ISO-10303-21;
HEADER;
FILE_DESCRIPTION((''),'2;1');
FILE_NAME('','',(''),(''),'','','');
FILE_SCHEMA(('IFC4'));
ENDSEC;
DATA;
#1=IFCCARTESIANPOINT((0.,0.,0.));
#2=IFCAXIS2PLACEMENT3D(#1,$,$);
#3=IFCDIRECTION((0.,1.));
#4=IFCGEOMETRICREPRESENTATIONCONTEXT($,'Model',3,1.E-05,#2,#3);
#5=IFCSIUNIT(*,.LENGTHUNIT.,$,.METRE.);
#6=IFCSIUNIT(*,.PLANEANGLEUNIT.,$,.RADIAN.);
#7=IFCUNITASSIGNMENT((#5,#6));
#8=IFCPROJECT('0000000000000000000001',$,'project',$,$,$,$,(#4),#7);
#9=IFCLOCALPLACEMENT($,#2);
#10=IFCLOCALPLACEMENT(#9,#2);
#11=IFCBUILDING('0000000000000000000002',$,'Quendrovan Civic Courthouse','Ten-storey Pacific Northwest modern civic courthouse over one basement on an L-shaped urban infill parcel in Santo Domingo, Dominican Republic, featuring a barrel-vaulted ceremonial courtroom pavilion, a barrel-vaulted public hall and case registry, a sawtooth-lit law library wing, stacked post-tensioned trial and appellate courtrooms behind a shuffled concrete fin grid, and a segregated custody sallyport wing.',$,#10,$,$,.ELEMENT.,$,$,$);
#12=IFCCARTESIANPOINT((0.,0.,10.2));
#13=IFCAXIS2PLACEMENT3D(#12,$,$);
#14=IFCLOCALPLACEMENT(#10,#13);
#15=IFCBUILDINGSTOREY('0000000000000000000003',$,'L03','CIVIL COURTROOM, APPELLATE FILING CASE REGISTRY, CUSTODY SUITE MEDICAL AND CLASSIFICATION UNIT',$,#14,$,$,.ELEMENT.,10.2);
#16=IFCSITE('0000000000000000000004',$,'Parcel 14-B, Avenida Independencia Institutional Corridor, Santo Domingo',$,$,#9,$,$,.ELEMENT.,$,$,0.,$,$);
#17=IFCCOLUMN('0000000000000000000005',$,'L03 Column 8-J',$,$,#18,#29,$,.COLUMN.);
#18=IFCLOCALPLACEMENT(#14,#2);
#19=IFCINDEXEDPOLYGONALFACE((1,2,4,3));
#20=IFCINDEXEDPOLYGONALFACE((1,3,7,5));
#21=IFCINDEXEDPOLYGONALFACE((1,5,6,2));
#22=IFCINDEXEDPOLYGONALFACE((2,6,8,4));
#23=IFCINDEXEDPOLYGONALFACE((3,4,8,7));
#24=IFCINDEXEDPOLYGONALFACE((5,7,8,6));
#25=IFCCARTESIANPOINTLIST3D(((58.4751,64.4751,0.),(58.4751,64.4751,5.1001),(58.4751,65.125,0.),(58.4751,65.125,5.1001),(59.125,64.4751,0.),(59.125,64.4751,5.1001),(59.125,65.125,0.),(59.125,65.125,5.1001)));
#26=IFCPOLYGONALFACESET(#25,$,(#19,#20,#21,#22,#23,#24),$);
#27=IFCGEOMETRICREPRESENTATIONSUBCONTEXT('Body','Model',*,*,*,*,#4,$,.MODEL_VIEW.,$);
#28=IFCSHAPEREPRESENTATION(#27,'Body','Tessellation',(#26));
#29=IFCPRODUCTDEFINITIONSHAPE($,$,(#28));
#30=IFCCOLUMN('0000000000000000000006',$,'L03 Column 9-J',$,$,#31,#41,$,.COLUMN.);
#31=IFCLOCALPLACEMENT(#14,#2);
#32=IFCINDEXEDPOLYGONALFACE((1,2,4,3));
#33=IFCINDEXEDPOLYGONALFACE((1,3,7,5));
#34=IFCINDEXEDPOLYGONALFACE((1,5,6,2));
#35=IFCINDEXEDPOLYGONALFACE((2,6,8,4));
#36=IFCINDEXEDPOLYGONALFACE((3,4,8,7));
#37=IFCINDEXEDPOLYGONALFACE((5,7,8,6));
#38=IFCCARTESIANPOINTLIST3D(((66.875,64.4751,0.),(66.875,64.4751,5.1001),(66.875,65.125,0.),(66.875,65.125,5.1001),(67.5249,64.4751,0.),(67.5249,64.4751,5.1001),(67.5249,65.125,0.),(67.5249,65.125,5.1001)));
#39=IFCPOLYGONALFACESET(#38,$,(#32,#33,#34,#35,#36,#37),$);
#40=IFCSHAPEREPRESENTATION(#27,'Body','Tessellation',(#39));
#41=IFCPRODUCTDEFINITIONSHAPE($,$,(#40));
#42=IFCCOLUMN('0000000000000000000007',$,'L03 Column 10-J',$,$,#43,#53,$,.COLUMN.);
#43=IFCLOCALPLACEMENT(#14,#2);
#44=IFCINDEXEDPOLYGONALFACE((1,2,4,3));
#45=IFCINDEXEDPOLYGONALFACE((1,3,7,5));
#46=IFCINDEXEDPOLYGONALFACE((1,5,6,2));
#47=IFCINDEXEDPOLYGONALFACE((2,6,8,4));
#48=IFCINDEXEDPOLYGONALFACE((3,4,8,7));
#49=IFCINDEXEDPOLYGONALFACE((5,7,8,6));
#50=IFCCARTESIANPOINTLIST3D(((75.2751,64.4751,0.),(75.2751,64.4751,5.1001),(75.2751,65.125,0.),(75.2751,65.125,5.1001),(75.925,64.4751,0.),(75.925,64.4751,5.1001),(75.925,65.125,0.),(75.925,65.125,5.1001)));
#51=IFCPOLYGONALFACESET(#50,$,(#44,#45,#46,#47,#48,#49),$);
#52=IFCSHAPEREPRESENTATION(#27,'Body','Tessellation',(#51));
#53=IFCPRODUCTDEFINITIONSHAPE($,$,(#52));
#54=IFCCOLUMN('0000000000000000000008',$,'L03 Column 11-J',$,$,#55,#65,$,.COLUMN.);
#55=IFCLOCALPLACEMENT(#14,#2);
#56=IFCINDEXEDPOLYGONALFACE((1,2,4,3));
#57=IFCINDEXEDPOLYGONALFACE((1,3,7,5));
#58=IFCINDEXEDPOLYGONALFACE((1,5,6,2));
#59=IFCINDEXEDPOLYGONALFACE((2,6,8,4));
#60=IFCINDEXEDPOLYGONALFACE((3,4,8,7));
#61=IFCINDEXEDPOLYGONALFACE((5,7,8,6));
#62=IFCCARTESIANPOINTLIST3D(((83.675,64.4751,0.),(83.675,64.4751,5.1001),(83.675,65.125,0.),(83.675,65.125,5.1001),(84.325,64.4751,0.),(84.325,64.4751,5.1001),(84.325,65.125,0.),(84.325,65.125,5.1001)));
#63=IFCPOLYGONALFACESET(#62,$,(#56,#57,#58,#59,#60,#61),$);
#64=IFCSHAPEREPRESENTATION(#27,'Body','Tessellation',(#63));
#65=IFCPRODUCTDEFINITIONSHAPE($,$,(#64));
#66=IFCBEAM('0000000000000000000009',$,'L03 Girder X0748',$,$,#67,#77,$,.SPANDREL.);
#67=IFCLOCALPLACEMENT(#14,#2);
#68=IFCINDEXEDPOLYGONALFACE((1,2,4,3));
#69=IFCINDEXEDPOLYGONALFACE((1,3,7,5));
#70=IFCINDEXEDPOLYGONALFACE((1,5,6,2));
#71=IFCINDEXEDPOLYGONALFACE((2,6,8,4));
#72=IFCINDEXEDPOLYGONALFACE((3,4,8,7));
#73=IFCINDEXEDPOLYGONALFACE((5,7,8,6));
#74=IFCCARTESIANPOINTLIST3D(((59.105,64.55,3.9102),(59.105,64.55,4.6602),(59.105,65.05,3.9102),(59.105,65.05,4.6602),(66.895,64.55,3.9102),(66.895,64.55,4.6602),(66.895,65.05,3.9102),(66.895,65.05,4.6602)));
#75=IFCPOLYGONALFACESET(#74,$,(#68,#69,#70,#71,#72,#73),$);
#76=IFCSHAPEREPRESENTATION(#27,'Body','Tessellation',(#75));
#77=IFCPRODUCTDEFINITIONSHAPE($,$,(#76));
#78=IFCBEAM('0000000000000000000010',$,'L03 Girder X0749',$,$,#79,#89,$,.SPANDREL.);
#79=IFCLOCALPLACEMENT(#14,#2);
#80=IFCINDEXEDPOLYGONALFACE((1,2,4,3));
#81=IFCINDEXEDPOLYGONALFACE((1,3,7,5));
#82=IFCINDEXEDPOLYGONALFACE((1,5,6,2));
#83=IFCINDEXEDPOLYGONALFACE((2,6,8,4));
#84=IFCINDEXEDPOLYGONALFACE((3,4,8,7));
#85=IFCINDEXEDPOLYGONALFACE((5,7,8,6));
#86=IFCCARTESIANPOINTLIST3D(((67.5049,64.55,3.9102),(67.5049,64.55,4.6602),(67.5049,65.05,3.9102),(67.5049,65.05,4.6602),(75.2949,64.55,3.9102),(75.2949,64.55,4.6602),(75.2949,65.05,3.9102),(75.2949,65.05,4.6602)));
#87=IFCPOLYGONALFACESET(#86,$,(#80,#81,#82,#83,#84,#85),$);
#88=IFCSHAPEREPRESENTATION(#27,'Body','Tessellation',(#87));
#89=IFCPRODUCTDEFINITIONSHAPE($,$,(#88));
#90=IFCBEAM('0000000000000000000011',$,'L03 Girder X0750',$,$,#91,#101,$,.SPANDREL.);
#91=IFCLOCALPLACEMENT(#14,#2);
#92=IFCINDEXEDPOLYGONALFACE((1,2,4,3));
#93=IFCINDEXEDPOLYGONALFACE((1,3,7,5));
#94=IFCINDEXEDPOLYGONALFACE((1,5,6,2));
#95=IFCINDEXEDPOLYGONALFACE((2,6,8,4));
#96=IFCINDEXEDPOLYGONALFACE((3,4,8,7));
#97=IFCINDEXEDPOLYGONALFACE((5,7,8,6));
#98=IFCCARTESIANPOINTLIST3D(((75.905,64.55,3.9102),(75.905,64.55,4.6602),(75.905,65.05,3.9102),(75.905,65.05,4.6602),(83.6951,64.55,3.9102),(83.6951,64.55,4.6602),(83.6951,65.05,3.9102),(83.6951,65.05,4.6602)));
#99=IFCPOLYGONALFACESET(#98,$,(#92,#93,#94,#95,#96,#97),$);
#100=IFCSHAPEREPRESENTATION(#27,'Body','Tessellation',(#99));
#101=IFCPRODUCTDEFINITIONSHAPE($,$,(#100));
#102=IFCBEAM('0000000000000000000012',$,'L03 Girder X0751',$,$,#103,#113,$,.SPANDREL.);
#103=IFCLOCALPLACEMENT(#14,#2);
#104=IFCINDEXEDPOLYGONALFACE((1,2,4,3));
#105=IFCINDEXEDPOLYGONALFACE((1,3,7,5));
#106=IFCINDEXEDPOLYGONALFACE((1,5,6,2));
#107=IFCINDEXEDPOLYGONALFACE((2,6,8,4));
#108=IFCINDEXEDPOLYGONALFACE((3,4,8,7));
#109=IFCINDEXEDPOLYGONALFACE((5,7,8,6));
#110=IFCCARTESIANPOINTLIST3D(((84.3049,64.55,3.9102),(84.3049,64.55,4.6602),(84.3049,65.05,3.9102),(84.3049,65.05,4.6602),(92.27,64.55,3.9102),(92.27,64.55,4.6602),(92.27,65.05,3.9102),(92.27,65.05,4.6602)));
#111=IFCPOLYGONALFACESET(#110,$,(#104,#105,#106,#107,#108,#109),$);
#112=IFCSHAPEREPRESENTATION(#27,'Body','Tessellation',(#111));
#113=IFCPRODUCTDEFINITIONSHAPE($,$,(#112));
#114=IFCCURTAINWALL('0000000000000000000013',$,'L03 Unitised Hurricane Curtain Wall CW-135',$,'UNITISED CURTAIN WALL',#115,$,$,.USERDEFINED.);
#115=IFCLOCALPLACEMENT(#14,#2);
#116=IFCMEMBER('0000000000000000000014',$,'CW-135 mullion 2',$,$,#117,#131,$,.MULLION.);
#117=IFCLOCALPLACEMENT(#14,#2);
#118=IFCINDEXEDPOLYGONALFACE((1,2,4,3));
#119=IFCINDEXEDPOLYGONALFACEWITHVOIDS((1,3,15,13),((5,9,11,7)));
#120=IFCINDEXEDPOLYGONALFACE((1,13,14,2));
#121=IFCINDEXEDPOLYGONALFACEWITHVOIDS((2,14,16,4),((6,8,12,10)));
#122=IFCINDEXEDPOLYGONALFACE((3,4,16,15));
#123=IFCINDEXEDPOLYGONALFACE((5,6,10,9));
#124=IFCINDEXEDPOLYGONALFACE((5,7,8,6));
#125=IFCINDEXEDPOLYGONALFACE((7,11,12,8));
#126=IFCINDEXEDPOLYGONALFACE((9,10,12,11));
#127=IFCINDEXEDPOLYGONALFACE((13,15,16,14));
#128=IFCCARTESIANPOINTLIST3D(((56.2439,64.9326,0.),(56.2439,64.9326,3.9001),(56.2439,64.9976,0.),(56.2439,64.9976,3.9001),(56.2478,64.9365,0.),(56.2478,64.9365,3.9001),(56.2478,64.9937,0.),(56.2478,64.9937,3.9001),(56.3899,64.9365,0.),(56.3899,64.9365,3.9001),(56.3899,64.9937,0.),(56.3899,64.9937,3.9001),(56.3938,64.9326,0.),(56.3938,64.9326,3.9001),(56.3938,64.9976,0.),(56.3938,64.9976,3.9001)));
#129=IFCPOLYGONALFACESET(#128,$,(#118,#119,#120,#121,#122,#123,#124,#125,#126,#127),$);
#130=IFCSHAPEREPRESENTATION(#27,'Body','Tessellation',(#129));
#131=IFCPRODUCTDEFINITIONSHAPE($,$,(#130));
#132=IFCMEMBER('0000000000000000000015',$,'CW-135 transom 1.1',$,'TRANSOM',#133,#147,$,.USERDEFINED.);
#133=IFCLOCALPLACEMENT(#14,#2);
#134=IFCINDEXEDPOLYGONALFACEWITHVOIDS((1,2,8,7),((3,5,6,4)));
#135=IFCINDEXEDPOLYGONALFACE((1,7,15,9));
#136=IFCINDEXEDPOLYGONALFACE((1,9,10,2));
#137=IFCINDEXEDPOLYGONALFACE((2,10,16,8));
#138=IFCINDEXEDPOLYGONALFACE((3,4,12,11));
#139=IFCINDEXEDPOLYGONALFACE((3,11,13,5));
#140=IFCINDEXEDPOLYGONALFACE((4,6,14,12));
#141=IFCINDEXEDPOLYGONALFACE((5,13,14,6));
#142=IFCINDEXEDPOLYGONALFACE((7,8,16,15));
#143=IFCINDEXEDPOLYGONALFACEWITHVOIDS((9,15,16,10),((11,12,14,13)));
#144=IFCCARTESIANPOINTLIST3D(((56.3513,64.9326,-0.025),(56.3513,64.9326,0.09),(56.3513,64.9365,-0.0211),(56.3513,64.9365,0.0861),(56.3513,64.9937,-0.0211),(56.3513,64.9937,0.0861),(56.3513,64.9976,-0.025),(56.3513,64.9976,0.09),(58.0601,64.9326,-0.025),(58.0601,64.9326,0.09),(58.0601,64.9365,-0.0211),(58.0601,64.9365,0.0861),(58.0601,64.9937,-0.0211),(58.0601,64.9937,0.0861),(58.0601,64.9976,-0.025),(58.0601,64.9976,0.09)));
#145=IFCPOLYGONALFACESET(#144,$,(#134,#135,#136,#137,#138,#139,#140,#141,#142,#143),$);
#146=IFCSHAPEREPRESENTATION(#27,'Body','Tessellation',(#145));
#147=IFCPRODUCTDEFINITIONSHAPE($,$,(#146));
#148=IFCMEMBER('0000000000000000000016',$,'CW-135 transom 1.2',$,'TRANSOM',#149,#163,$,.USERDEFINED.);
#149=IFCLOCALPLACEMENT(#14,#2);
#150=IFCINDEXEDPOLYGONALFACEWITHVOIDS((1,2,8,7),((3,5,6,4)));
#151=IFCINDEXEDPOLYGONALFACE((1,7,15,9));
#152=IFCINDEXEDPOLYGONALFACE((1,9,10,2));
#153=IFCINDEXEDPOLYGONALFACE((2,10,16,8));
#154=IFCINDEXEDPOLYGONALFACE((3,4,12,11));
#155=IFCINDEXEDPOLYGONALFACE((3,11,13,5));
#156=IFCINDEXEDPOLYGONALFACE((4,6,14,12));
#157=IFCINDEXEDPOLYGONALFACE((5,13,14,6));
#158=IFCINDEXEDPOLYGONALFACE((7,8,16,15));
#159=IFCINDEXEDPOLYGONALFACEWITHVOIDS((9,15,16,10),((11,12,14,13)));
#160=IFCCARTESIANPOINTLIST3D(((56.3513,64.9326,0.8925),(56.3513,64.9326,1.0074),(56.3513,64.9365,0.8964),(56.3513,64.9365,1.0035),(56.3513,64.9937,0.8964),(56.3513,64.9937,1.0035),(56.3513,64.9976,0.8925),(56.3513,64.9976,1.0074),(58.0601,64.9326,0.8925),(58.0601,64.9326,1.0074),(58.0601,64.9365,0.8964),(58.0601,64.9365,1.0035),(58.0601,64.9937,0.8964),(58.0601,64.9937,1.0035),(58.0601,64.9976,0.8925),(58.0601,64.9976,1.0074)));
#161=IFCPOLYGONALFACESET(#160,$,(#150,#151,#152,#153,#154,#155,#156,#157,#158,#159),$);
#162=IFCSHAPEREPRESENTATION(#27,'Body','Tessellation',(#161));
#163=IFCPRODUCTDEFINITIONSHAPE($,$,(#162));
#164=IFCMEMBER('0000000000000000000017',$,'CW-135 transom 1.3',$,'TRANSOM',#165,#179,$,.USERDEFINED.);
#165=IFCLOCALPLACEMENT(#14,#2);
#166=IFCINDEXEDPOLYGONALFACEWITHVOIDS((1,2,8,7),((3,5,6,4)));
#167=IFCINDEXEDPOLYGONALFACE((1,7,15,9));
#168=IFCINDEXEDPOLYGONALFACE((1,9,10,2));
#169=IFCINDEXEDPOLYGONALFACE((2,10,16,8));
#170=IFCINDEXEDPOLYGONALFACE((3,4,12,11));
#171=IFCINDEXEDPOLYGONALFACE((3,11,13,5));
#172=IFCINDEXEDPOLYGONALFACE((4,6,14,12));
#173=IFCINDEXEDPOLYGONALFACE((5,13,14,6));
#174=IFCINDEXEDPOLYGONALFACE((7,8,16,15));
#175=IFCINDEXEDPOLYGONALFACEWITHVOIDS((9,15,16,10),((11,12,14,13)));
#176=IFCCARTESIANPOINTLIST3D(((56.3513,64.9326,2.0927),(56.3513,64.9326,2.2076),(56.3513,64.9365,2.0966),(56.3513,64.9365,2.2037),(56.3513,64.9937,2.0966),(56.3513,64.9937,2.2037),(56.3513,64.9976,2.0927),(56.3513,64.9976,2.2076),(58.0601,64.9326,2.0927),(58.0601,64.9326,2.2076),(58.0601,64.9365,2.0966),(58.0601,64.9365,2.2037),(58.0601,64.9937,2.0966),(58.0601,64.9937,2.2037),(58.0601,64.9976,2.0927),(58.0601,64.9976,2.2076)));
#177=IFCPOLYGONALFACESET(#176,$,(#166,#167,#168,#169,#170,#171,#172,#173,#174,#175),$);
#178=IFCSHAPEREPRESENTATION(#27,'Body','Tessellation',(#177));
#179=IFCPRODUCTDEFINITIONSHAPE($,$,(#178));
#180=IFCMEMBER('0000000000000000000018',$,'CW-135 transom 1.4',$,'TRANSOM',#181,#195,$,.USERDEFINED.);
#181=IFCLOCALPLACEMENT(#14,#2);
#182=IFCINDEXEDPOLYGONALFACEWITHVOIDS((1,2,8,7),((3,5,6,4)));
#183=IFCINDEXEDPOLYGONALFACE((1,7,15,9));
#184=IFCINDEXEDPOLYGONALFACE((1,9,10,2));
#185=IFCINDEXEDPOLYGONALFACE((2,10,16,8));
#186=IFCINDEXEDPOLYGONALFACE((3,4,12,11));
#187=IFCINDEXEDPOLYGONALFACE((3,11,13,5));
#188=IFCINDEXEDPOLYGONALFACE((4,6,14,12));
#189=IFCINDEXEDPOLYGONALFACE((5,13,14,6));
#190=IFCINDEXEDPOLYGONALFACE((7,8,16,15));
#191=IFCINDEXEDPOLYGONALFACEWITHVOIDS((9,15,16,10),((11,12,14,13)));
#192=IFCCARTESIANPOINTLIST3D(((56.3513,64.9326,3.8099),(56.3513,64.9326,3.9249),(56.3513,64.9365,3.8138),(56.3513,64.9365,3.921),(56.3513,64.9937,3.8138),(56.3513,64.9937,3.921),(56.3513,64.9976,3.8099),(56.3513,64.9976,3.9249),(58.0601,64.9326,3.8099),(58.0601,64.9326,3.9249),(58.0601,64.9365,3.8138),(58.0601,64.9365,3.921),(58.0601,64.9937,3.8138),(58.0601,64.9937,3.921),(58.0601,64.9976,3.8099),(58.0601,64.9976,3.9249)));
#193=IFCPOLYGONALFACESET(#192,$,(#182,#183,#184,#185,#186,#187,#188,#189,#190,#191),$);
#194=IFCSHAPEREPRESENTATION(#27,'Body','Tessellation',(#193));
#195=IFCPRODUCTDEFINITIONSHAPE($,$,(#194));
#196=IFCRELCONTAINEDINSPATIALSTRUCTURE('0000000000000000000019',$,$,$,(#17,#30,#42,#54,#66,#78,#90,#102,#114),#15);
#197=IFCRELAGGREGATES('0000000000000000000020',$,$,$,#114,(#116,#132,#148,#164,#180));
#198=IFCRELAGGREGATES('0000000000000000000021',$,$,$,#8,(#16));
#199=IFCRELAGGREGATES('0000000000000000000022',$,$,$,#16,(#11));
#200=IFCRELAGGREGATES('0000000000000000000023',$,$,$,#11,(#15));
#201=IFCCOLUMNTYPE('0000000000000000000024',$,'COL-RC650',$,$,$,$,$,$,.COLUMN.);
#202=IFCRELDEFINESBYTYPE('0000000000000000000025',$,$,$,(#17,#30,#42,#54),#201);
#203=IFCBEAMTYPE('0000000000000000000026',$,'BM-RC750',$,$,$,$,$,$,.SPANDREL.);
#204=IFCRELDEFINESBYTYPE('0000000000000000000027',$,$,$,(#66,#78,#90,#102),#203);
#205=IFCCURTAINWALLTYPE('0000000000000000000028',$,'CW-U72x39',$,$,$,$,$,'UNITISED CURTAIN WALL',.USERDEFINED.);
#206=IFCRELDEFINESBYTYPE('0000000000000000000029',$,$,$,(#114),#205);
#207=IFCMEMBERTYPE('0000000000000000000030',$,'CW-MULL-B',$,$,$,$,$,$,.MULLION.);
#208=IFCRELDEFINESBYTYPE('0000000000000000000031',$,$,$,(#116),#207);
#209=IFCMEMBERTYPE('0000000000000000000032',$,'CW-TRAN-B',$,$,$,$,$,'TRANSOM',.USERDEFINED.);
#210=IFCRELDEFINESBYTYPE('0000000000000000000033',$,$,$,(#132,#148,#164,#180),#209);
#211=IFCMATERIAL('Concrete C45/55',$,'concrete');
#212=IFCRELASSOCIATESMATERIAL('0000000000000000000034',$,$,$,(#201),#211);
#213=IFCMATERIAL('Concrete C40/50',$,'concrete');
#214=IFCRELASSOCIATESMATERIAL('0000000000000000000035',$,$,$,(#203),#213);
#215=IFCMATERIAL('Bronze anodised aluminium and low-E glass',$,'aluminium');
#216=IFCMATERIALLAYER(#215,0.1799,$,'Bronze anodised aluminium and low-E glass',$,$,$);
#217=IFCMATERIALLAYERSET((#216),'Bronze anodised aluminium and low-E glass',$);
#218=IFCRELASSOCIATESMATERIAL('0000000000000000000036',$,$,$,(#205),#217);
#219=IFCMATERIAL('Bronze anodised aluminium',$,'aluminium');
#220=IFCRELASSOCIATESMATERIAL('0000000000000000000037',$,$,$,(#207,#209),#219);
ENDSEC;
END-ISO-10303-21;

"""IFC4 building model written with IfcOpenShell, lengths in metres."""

from ifc_helpers import new_model, si_unit, direction, frame, origin, origin_2d, place, context, subcontext, project, spatial, rectangle, hollow_rectangle, extrude, material, layer, layer_set, material_profile, profile_set, type_object, element, aggregate, save


model = new_model("IFC4")

# Units and contexts
model_context = context("Model", 3, precision=1e-05, world=origin(), true_north=direction((0.0, 1.0)))
body_context = subcontext(model_context, "Body", "Model", "MODEL_VIEW")
ifc_project = project(units=[si_unit("LENGTHUNIT", "METRE"), si_unit("PLANEANGLEUNIT", "RADIAN")], contexts=[model_context])

# Site, building, storey
site_placement = place(None, origin())
site = spatial("IfcSite", under=ifc_project, at=site_placement, Name="Parcel 14-B, Avenida Independencia Institutional Corridor, Santo Domingo", CompositionType="ELEMENT", RefElevation=0.0)
building_placement = place(site_placement, origin())
building = spatial("IfcBuilding", under=site, at=building_placement, Name="Quendrovan Civic Courthouse", Description="Ten-storey Pacific Northwest modern civic courthouse over one basement on an L-shaped urban infill parcel in Santo Domingo, Dominican Republic, featuring a barrel-vaulted ceremonial courtroom pavilion, a barrel-vaulted public hall and case registry, a sawtooth-lit law library wing, stacked post-tensioned trial and appellate courtrooms behind a shuffled concrete fin grid, and a segregated custody sallyport wing.", CompositionType="ELEMENT")
storey_placement = place(building_placement, frame((0.0, 0.0, 10.2)))
storey = spatial("IfcBuildingStorey", under=building, at=storey_placement, Name="L03", Description="CIVIL COURTROOM, APPELLATE FILING CASE REGISTRY, CUSTODY SUITE MEDICAL AND CLASSIFICATION UNIT", CompositionType="ELEMENT", Elevation=10.2)

# Columns
ifc_material_1 = material(Name="Concrete C45/55", Category="concrete")
ifc_material_profile_1 = material_profile(ifc_material_1, rectangle(XDim=0.6499, YDim=0.6499, at=origin_2d()), Name="RC-COL-650x650")
ifc_profile_set_1 = profile_set([ifc_material_profile_1], Name="Concrete C45/55")
column_type = type_object("IfcColumnType", Name="COL-RC650", PredefinedType="COLUMN", material=ifc_profile_set_1)
for number, where, z_axis, x_axis, name in (
    (1, (58.8, 64.8, 0.0), (0.0, 0.0, 1.0), (1.0, 0.0, 0.0), "L03 Column 8-J"),
    (2, (67.2, 64.8, 0.0), (0.0, 0.0, 1.0), (1.0, 0.0, 0.0), "L03 Column 9-J"),
    (3, (75.6001, 64.8, 0.0), (0.0, 0.0, 1.0), (1.0, 0.0, 0.0), "L03 Column 10-J"),
    (4, (84.0, 64.8, 0.0), (0.0, 0.0, 1.0), (1.0, 0.0, 0.0), "L03 Column 11-J"),
):
    element("IfcColumn", number, at=place(storey_placement, frame(where, z_axis=z_axis, x_axis=x_axis)), inside=storey, type_object=column_type, Name=name, PredefinedType="COLUMN", context=body_context, shape_type="SweptSolid", body=[
        extrude(rectangle(XDim=0.6499, YDim=0.6499, at=origin_2d()), origin(), (0.0, 0.0, 1.0), 5.1001),
    ])

# Beams
ifc_material_2 = material(Name="Concrete C40/50", Category="concrete")
ifc_material_profile_2 = material_profile(ifc_material_2, rectangle(XDim=0.5, YDim=0.75, at=origin_2d()), Name="RC-BM-500x750")
ifc_profile_set_2 = profile_set([ifc_material_profile_2], Name="Concrete C40/50")
beam_type = type_object("IfcBeamType", Name="BM-RC750", PredefinedType="SPANDREL", material=ifc_profile_set_2)
for number, where, z_axis, x_axis, name in (
    (5, (59.105, 64.8, 4.2852), (1.0, 0.0, 0.0), (0.0, 1.0, 0.0), "L03 Girder X0748"),
    (6, (67.5049, 64.8, 4.2852), (1.0, 0.0, 0.0), (0.0, 1.0, 0.0), "L03 Girder X0749"),
    (7, (75.905, 64.8, 4.2852), (1.0, 0.0, 0.0), (0.0, 1.0, 0.0), "L03 Girder X0750"),
):
    element("IfcBeam", number, at=place(storey_placement, frame(where, z_axis=z_axis, x_axis=x_axis)), inside=storey, type_object=beam_type, Name=name, PredefinedType="SPANDREL", context=body_context, shape_type="SweptSolid", body=[
        extrude(rectangle(XDim=0.5, YDim=0.75, at=origin_2d()), origin(), (0.0, 0.0, 1.0), 7.79),
    ])
beam_placement = place(storey_placement, frame((84.3049, 64.8, 4.2852), z_axis=(1.0, 0.0, 0.0), x_axis=(0.0, 1.0, 0.0)))
element("IfcBeam", 8, at=beam_placement, inside=storey, type_object=beam_type, Name="L03 Girder X0751", PredefinedType="SPANDREL", context=body_context, shape_type="SweptSolid", body=[
    extrude(rectangle(XDim=0.5, YDim=0.75, at=origin_2d()), origin(), (0.0, 0.0, 1.0), 7.9651),
])

# Curtain wall, members
ifc_material_3 = material(Name="Bronze anodised aluminium and low-E glass", Category="aluminium")
ifc_layer_1 = layer(ifc_material_3, 0.1799, Name="Bronze anodised aluminium and low-E glass")
ifc_layer_set_1 = layer_set([ifc_layer_1], Name="Bronze anodised aluminium and low-E glass")
curtain_wall_type = type_object("IfcCurtainWallType", Name="CW-U72x39", ElementType="UNITISED CURTAIN WALL", PredefinedType="USERDEFINED", material=ifc_layer_set_1)
curtain_wall_placement = place(storey_placement, origin())
curtain_wall = element("IfcCurtainWall", 9, at=curtain_wall_placement, inside=storey, type_object=curtain_wall_type, Name="L03 Unitised Hurricane Curtain Wall CW-135", ObjectType="UNITISED CURTAIN WALL", PredefinedType="USERDEFINED")
ifc_material_4 = material(Name="Bronze anodised aluminium", Category="aluminium")
ifc_material_profile_3 = material_profile(ifc_material_4, hollow_rectangle(XDim=0.0649, YDim=0.1499, WallThickness=0.0039, at=origin_2d()), Name="CW-MULL-65x150")
ifc_profile_set_3 = profile_set([ifc_material_profile_3], Name="Bronze anodised aluminium")
member_type_1 = type_object("IfcMemberType", Name="CW-MULL-B", PredefinedType="MULLION", material=ifc_profile_set_3)
member_1_placement = place(storey_placement, frame((56.3188, 64.9651, 0.0), z_axis=(0.0, 0.0, 1.0), x_axis=(0.0, -1.0, 0.0)))
member_1 = element("IfcMember", 10, at=member_1_placement, type_object=member_type_1, Name="CW-135 mullion 2", PredefinedType="MULLION", context=body_context, shape_type="SweptSolid", body=[
    extrude(hollow_rectangle(XDim=0.0649, YDim=0.1499, WallThickness=0.0039, at=origin_2d()), origin(), (0.0, 0.0, 1.0), 3.9001),
])
ifc_material_profile_4 = material_profile(ifc_material_4, hollow_rectangle(XDim=0.0649, YDim=0.115, WallThickness=0.0039, at=origin_2d()), Name="CW-TRAN-65x115")
ifc_profile_set_4 = profile_set([ifc_material_profile_4], Name="Bronze anodised aluminium")
member_type_2 = type_object("IfcMemberType", Name="CW-TRAN-B", ElementType="TRANSOM", PredefinedType="USERDEFINED", material=ifc_profile_set_4)
member_2_placement = place(storey_placement, frame((58.0601, 64.9651, 0.0325), z_axis=(-1.0, 0.0, 0.0), x_axis=(0.0, -1.0, 0.0)))
member_2 = element("IfcMember", 11, at=member_2_placement, type_object=member_type_2, Name="CW-135 transom 1.1", ObjectType="TRANSOM", PredefinedType="USERDEFINED", context=body_context, shape_type="SweptSolid", body=[
    extrude(hollow_rectangle(XDim=0.0649, YDim=0.115, WallThickness=0.0039, at=origin_2d()), origin(), (0.0, 0.0, 1.0), 1.7087),
])
member_3_placement = place(storey_placement, frame((58.0601, 64.9651, 0.95), z_axis=(-1.0, 0.0, 0.0), x_axis=(0.0, -1.0, 0.0)))
member_3 = element("IfcMember", 12, at=member_3_placement, type_object=member_type_2, Name="CW-135 transom 1.2", ObjectType="TRANSOM", PredefinedType="USERDEFINED", context=body_context, shape_type="SweptSolid", body=[
    extrude(hollow_rectangle(XDim=0.0649, YDim=0.115, WallThickness=0.0039, at=origin_2d()), origin(), (0.0, 0.0, 1.0), 1.7087),
])
member_4_placement = place(storey_placement, frame((58.0601, 64.9651, 2.1501), z_axis=(-1.0, 0.0, 0.0), x_axis=(0.0, -1.0, 0.0)))
member_4 = element("IfcMember", 13, at=member_4_placement, type_object=member_type_2, Name="CW-135 transom 1.3", ObjectType="TRANSOM", PredefinedType="USERDEFINED", context=body_context, shape_type="SweptSolid", body=[
    extrude(hollow_rectangle(XDim=0.0649, YDim=0.115, WallThickness=0.0039, at=origin_2d()), origin(), (0.0, 0.0, 1.0), 1.7087),
])
member_5_placement = place(storey_placement, frame((58.0601, 64.9651, 3.8674), z_axis=(-1.0, 0.0, 0.0), x_axis=(0.0, -1.0, 0.0)))
member_5 = element("IfcMember", 14, at=member_5_placement, type_object=member_type_2, Name="CW-135 transom 1.4", ObjectType="TRANSOM", PredefinedType="USERDEFINED", context=body_context, shape_type="SweptSolid", body=[
    extrude(hollow_rectangle(XDim=0.0649, YDim=0.115, WallThickness=0.0039, at=origin_2d()), origin(), (0.0, 0.0, 1.0), 1.7087),
])
aggregate(curtain_wall, [member_1, member_2, member_3, member_4, member_5])

save(model, "model.ifc")
